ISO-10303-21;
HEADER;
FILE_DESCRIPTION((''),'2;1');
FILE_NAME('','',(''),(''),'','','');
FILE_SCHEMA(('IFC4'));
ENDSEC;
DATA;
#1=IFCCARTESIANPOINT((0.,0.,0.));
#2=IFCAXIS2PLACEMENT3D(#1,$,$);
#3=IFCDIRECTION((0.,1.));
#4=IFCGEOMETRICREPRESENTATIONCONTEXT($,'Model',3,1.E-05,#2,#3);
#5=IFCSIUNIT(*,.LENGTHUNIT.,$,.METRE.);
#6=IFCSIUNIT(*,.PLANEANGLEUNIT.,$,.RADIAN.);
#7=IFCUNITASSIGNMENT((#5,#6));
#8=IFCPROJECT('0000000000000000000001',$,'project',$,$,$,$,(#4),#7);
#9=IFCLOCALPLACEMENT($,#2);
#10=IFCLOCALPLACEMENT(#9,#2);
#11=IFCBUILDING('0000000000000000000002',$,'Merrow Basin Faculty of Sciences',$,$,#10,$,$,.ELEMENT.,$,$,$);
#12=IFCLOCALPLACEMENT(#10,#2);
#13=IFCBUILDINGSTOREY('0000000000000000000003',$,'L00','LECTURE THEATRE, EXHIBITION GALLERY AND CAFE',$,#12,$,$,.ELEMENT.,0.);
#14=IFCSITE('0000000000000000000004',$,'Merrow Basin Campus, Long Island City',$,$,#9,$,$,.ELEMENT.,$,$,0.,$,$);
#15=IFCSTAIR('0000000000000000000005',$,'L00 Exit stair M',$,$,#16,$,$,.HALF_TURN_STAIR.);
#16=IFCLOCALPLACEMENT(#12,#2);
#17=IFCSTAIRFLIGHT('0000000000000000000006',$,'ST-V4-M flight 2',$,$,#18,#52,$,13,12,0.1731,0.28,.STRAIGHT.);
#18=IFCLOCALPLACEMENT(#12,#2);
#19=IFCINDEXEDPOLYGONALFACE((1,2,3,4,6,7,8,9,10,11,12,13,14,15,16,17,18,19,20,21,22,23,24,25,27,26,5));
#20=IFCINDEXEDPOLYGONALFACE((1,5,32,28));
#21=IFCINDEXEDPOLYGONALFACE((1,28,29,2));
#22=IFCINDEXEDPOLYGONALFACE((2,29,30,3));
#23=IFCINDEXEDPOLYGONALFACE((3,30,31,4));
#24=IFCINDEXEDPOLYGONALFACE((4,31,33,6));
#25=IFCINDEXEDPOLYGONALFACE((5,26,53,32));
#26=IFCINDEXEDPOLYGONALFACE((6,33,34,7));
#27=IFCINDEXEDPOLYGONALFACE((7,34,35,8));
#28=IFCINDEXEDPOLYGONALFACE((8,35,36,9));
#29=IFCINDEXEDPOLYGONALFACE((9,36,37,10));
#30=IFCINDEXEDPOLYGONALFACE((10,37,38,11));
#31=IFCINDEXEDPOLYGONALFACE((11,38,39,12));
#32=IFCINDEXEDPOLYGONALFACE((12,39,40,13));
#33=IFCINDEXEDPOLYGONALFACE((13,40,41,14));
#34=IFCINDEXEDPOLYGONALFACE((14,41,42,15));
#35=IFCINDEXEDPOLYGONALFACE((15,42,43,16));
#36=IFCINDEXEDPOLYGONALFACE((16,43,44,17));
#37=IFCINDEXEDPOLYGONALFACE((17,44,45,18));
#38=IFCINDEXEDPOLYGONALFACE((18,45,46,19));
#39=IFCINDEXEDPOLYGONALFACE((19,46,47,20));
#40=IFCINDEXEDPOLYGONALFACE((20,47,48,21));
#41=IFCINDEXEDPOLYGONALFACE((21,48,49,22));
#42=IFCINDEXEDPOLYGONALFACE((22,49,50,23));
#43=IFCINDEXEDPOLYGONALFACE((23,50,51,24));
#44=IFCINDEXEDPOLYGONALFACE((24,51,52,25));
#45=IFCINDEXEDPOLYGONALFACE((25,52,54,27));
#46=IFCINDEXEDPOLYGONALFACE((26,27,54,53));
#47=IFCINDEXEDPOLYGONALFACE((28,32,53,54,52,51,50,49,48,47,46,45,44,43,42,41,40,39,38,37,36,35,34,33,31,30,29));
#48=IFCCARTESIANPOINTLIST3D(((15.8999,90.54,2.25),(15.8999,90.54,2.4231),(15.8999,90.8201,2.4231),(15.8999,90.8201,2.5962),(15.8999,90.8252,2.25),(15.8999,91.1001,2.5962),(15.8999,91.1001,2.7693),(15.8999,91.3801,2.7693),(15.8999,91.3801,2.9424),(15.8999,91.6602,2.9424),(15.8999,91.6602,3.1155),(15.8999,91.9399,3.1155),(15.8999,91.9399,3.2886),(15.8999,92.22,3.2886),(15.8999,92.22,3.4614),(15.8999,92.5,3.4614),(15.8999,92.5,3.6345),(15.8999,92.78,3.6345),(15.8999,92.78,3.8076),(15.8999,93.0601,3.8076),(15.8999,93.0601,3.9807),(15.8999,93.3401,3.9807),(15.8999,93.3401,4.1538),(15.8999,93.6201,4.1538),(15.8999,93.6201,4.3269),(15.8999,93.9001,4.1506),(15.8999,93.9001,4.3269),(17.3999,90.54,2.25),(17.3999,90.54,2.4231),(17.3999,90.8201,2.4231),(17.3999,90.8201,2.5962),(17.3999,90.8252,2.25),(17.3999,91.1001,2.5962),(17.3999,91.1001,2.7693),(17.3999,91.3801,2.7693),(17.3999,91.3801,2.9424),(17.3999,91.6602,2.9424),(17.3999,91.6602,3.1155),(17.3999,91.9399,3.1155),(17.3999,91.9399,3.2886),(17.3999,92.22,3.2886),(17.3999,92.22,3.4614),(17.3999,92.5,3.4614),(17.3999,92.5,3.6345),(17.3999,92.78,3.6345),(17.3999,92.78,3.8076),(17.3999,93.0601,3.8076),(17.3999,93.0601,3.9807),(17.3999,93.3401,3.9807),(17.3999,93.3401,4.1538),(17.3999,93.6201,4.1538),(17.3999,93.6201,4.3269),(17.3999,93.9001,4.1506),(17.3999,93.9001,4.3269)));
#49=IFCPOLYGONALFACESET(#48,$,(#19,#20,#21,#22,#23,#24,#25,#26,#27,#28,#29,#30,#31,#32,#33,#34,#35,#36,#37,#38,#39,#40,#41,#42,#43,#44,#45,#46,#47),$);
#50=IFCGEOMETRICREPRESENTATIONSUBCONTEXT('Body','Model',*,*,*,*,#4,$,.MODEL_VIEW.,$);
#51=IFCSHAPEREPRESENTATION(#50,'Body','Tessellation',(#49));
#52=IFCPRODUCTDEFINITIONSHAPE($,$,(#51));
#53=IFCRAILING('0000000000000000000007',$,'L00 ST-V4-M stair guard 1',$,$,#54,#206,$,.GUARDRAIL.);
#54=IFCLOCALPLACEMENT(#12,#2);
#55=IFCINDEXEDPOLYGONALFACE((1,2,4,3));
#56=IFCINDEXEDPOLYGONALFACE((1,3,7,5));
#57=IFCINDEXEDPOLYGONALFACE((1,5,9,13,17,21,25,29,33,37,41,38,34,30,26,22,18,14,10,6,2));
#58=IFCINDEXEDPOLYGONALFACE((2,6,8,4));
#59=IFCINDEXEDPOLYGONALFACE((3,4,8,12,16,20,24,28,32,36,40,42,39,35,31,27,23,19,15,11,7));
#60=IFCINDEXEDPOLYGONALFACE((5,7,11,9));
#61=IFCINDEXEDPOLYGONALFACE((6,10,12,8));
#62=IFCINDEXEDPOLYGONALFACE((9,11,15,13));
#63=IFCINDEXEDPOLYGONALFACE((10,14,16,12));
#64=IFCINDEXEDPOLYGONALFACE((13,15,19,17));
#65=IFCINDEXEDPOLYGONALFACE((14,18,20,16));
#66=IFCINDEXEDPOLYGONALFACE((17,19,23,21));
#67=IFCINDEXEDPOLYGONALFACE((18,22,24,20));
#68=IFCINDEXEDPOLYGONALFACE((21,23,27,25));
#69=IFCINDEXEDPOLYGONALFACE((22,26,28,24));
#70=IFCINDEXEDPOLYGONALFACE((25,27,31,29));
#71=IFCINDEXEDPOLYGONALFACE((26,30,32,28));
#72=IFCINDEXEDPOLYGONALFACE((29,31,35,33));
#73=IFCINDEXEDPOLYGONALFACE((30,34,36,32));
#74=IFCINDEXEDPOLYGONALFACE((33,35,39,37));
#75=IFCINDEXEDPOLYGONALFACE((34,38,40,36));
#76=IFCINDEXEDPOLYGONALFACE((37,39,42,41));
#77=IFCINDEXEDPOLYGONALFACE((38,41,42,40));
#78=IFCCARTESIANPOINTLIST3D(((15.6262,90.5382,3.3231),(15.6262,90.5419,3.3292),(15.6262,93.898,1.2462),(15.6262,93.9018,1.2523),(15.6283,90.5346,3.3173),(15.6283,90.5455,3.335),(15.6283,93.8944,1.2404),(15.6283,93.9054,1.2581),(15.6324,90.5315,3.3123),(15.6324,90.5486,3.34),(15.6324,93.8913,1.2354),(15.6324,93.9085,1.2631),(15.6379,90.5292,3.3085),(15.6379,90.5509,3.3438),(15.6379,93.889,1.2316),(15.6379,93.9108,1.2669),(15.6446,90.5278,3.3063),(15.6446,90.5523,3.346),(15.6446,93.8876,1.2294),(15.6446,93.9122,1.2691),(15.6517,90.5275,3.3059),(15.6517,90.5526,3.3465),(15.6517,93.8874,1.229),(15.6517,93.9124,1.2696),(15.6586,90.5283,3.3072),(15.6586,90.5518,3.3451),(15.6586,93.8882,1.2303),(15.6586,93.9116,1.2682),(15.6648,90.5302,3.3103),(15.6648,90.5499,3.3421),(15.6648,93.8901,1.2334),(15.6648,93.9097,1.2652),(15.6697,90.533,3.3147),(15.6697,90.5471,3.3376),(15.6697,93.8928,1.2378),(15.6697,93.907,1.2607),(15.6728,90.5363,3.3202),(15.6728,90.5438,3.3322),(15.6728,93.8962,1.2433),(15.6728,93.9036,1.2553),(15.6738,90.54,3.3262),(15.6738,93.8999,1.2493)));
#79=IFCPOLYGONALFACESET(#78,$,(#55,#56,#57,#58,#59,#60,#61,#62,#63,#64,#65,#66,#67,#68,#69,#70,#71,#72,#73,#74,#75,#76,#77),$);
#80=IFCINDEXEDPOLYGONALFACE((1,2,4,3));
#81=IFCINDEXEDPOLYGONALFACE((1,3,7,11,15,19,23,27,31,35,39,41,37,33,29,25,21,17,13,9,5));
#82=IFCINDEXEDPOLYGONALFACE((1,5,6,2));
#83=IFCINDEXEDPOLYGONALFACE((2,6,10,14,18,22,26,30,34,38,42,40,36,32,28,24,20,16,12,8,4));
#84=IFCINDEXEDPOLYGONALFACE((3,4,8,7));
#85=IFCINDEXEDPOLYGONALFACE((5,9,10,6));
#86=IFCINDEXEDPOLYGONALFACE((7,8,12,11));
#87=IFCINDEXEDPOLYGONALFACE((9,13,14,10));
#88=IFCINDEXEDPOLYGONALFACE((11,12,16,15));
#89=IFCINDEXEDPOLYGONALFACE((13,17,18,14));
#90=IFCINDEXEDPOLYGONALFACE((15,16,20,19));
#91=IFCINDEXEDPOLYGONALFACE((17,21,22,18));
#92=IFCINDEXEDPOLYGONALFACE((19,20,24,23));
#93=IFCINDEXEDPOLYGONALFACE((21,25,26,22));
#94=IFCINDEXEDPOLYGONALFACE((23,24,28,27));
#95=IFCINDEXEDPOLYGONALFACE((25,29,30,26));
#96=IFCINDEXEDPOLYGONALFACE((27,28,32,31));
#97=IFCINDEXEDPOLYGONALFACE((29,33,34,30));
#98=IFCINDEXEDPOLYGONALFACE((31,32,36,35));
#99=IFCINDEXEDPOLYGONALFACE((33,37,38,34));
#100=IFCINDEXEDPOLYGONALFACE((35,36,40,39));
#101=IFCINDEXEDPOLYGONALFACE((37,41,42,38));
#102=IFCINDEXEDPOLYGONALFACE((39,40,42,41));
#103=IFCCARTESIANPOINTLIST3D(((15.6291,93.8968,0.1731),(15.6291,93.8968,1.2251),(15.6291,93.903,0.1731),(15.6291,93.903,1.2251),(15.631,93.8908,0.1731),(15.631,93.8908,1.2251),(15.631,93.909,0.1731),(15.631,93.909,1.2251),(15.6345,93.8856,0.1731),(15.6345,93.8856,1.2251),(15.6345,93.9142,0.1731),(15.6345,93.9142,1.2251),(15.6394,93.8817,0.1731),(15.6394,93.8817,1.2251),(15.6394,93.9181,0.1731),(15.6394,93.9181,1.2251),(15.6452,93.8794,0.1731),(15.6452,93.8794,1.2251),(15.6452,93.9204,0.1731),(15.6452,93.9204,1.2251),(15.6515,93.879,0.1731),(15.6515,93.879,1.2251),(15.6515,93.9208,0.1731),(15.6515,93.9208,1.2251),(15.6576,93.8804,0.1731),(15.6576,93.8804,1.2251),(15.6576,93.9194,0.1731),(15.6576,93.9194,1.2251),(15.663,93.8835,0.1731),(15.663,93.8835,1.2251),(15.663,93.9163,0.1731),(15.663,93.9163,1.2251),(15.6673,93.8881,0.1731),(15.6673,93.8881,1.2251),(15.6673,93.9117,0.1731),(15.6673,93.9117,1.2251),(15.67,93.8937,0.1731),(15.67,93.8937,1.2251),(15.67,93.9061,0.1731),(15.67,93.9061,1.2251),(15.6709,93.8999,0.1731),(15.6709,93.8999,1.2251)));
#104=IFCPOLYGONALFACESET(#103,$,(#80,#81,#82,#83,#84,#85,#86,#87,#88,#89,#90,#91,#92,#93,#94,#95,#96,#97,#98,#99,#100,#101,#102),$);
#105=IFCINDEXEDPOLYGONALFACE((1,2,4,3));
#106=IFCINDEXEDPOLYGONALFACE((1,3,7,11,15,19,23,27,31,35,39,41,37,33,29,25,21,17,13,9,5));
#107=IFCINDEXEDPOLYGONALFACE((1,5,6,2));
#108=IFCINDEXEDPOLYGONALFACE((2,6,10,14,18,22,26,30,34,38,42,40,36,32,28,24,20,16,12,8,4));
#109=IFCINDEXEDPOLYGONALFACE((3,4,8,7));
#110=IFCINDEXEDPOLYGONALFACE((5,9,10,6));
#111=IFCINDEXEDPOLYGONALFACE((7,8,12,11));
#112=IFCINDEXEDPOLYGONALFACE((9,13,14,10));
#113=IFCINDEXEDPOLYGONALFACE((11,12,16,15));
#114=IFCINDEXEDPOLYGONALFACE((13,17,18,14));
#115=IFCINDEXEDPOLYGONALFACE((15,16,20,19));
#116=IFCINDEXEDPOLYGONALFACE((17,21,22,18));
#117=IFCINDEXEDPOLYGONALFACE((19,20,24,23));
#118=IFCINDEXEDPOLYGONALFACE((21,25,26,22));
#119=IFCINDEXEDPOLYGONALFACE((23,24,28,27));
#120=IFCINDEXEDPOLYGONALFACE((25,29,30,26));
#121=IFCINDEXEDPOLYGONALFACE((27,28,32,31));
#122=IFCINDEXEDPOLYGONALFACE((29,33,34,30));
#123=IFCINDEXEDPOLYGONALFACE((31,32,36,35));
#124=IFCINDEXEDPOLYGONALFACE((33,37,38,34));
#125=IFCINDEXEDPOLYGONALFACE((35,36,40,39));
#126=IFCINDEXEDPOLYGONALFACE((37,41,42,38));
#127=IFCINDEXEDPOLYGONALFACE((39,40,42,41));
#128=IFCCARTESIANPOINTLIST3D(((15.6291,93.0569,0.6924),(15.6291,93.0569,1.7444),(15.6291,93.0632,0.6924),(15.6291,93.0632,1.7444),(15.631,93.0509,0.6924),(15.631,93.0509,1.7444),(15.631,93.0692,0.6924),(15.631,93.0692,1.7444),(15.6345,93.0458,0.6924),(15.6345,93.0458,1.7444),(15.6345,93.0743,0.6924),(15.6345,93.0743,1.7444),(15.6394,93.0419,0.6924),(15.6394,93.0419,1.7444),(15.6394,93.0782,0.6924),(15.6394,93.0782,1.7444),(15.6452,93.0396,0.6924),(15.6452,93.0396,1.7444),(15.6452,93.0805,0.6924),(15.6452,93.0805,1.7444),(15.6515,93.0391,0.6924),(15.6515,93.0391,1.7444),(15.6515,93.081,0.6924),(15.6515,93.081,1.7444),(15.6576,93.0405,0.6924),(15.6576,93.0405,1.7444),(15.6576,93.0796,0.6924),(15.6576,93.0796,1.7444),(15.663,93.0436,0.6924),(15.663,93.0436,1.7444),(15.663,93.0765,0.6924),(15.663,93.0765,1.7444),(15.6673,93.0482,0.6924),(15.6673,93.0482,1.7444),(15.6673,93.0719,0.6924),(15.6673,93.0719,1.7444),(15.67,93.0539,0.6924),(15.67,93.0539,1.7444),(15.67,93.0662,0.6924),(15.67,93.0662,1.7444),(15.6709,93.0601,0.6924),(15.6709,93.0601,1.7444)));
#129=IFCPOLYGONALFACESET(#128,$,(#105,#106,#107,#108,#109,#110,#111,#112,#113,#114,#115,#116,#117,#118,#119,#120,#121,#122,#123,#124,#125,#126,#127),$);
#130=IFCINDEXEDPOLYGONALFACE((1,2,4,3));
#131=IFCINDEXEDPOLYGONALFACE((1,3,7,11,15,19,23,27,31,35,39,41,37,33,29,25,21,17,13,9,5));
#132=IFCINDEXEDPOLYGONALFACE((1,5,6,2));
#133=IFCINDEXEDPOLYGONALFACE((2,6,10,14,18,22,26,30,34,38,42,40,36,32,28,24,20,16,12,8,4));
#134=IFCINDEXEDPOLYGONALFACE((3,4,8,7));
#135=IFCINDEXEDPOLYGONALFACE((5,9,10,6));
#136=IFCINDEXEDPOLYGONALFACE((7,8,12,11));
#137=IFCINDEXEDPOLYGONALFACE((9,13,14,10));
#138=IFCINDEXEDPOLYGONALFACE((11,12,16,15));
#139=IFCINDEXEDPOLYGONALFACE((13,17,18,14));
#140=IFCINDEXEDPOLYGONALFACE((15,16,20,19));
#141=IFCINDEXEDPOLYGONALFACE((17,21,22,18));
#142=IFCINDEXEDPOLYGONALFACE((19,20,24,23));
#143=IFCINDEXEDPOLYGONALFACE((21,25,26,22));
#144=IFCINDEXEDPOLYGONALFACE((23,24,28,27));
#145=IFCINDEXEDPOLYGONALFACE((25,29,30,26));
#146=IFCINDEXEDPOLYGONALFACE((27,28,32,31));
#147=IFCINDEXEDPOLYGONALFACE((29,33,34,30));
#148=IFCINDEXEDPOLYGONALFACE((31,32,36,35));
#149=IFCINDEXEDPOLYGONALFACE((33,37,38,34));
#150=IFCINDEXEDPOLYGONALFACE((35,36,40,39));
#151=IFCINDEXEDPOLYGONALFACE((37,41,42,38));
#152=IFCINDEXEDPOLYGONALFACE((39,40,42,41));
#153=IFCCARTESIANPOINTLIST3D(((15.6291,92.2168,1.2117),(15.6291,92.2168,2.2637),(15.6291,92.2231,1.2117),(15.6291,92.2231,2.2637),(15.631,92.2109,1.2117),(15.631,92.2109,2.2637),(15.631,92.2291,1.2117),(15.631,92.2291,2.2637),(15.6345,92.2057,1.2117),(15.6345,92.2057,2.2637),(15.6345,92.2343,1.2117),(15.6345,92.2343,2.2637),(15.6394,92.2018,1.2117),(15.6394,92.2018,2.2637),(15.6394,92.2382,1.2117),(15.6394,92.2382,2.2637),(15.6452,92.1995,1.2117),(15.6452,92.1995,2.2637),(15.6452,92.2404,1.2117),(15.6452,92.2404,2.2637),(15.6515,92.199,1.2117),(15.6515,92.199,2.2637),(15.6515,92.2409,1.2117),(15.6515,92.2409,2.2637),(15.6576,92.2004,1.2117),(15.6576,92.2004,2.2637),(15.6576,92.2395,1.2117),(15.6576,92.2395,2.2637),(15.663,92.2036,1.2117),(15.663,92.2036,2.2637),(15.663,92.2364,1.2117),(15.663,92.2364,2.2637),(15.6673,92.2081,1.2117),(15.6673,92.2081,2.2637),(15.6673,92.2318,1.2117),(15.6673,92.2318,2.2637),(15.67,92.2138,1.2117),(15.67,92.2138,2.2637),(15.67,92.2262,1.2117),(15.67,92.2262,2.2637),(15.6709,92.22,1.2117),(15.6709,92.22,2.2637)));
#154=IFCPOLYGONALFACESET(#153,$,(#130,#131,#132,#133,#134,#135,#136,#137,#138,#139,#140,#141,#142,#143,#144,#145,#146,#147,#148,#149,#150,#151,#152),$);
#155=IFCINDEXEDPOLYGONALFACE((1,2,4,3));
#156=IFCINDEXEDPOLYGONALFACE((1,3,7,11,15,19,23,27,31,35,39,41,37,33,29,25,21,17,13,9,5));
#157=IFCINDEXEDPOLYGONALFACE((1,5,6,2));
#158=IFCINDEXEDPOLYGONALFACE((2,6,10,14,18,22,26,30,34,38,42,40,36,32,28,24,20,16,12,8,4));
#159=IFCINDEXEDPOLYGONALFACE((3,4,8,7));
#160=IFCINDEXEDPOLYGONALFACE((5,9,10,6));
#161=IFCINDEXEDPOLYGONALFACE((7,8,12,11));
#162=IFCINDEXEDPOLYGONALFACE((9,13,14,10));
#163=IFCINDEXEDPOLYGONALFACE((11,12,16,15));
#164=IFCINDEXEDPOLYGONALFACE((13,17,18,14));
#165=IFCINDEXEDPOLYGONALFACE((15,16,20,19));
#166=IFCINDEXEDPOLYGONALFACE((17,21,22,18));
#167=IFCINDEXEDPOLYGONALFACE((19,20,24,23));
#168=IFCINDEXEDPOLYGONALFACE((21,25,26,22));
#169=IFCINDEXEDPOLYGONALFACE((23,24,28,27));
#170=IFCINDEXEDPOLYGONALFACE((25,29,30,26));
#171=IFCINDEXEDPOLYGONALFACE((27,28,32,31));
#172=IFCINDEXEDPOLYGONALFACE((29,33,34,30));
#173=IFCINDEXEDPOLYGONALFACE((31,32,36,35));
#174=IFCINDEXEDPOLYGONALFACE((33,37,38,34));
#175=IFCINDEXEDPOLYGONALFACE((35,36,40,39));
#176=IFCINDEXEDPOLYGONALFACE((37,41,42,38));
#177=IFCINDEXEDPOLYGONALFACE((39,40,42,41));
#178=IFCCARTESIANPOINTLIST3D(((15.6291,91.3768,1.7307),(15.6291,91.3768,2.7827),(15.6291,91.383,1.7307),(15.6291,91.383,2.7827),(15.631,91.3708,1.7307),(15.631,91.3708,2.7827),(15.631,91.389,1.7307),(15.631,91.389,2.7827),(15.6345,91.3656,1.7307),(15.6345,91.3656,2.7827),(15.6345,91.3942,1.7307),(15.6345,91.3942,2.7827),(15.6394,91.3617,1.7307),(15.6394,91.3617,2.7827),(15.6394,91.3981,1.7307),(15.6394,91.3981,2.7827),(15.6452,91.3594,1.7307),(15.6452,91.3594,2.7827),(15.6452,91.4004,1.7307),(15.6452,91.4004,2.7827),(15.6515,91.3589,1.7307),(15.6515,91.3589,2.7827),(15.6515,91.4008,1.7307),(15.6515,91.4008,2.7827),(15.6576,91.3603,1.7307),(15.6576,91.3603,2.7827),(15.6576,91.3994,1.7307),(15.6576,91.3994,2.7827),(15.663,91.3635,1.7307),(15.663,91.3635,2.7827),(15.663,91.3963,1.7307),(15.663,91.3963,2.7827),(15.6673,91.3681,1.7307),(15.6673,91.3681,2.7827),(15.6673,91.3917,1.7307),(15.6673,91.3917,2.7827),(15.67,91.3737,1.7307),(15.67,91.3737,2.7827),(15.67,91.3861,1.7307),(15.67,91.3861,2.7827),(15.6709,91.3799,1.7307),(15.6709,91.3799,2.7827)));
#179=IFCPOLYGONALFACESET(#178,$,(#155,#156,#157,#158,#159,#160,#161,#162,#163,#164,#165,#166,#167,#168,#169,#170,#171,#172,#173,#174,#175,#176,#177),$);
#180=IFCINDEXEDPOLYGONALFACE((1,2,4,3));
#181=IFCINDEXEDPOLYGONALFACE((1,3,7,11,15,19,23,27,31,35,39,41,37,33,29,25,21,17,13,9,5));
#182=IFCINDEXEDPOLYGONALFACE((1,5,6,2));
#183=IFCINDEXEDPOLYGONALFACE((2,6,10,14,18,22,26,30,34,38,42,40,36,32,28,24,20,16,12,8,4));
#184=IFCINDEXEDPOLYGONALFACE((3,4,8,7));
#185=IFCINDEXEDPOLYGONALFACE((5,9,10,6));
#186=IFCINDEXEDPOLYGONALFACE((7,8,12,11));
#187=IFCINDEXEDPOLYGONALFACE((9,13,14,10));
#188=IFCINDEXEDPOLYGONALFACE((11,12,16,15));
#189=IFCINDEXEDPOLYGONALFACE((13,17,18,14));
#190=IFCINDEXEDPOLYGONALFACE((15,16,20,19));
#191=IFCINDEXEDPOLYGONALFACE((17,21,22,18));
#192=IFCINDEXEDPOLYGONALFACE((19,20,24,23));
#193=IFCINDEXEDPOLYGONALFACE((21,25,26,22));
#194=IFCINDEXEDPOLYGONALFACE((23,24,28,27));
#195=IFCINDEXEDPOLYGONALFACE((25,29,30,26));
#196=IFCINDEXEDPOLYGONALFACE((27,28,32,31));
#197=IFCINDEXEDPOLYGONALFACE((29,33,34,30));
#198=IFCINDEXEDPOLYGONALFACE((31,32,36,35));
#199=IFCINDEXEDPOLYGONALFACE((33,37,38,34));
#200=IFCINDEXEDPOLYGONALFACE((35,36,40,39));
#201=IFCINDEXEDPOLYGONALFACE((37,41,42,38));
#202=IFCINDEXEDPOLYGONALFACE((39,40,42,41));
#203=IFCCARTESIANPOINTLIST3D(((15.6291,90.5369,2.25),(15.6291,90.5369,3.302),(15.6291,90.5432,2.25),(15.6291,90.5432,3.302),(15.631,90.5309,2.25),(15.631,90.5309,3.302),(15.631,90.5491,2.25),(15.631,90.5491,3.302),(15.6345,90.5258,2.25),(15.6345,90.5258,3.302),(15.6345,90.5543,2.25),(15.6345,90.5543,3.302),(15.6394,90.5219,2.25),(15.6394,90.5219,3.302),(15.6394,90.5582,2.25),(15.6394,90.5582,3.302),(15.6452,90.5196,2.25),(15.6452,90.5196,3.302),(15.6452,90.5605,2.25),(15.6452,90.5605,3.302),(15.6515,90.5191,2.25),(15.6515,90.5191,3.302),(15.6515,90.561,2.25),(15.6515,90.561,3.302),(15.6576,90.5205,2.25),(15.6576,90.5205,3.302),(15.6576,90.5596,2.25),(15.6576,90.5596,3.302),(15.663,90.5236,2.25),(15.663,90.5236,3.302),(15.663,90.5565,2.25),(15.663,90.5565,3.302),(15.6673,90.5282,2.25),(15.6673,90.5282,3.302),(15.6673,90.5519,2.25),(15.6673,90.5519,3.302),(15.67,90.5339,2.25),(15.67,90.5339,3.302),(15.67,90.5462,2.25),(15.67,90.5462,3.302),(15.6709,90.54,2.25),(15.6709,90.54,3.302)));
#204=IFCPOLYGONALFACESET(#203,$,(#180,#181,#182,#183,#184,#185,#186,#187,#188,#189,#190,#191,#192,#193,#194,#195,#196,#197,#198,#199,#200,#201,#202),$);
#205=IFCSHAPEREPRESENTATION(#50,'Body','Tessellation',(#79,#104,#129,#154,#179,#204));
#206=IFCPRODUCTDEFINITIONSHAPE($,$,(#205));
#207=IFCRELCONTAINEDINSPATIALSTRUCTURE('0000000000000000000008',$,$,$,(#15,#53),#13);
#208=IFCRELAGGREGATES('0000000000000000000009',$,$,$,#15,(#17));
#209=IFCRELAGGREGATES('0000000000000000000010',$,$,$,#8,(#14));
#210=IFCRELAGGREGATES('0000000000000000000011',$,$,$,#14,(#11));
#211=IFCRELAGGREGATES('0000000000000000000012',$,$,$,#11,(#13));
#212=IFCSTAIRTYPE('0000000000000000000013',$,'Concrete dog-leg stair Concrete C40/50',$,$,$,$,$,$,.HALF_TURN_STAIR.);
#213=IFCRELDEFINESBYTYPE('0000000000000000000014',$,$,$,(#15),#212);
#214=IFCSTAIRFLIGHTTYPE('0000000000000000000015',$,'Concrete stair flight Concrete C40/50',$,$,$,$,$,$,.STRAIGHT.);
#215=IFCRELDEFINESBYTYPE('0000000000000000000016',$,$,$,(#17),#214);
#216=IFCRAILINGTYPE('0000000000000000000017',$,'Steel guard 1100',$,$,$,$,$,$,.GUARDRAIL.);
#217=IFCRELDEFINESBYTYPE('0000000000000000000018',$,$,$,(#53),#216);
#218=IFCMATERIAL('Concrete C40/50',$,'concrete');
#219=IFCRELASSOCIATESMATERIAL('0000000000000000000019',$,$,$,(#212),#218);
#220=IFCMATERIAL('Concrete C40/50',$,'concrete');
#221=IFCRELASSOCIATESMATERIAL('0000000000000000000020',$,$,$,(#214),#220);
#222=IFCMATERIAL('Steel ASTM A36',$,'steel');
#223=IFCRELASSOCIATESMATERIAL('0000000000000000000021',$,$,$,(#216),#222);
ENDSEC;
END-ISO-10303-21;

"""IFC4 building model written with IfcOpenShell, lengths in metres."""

from ifc_helpers import new_model, si_unit, direction, frame, origin, origin_2d, place, context, subcontext, project, spatial, polyline, circle, outline, extrude, material, type_object, element, aggregate, save


model = new_model("IFC4")

# Units and contexts
model_context = context("Model", 3, precision=1e-05, world=origin(), true_north=direction((0.0, 1.0)))
body_context = subcontext(model_context, "Body", "Model", "MODEL_VIEW")
ifc_project = project(units=[si_unit("LENGTHUNIT", "METRE"), si_unit("PLANEANGLEUNIT", "RADIAN")], contexts=[model_context])

# Site, building, storey
site_placement = place(None, origin())
site = spatial("IfcSite", under=ifc_project, at=site_placement, Name="Merrow Basin Campus, Long Island City", CompositionType="ELEMENT", RefElevation=0.0)
building_placement = place(site_placement, origin())
building = spatial("IfcBuilding", under=site, at=building_placement, Name="Merrow Basin Faculty of Sciences", CompositionType="ELEMENT")
storey_placement = place(building_placement, origin())
storey = spatial("IfcBuildingStorey", under=building, at=storey_placement, Name="L00", Description="LECTURE THEATRE, EXHIBITION GALLERY AND CAFE", CompositionType="ELEMENT", Elevation=0.0)

# Stair, stair flight
ifc_material_1 = material(Name="Concrete C40/50", Category="concrete")
stair_type = type_object("IfcStairType", Name="Concrete dog-leg stair Concrete C40/50", PredefinedType="HALF_TURN_STAIR", material=ifc_material_1)
stair_placement = place(storey_placement, origin())
stair = element("IfcStair", 1, at=stair_placement, inside=storey, type_object=stair_type, Name="L00 Exit stair M", PredefinedType="HALF_TURN_STAIR")
ifc_material_2 = material(Name="Concrete C40/50", Category="concrete")
stair_flight_type = type_object("IfcStairFlightType", Name="Concrete stair flight Concrete C40/50", PredefinedType="STRAIGHT", material=ifc_material_2)
stair_flight_1_placement = place(storey_placement, frame((16.6499, 90.54, 2.25), z_axis=(0.0, 0.0, 1.0), x_axis=(0.0, 1.0, 0.0)))
stair_flight_1 = element("IfcStairFlight", 2, at=stair_flight_1_placement, type_object=stair_flight_type, Name="ST-V4-M flight 2", NumberOfRisers=13, NumberOfTreads=12, PredefinedType="STRAIGHT", RiserHeight=0.1731, TreadLength=0.28, context=body_context, shape_type="SweptSolid", body=[
    extrude(outline(polyline([(0.0, 0.0), (0.0, 0.1731), (0.28, 0.1731), (0.28, 0.3462), (0.5601, 0.3462), (0.5601, 0.5193), (0.8401, 0.5193), (0.8401, 0.6924), (1.1201, 0.6924), (1.1201, 0.8655), (1.3999, 0.8655), (1.3999, 1.0386), (1.6799, 1.0386), (1.6799, 1.2114), (1.96, 1.2114), (1.96, 1.3845), (2.24, 1.3845), (2.24, 1.5576), (2.52, 1.5576), (2.52, 1.7307), (2.8, 1.7307), (2.8, 1.9038), (3.0801, 1.9038), (3.0801, 2.0769), (3.3601, 2.0769), (3.3601, 2.25), (3.3601, 1.9006), (0.2852, 0.0), (0.0, 0.0)])), frame((0.0, 0.75, 0.0), z_axis=(0.0, -1.0, 0.0), x_axis=(1.0, 0.0, 0.0)), (0.0, 0.0, 1.0), 1.5),
])
aggregate(stair, [stair_flight_1])

# Railing
ifc_material_3 = material(Name="Steel ASTM A36", Category="steel")
railing_type_1 = type_object("IfcRailingType", Name="Steel guard 1100", PredefinedType="GUARDRAIL", material=ifc_material_3)
railing_1_placement = place(storey_placement, frame((15.6499, 93.8999, 0.1731)))
element("IfcRailing", 3, at=railing_1_placement, inside=storey, type_object=railing_type_1, Name="L00 ST-V4-M stair guard 1", PredefinedType="GUARDRAIL", context=body_context, shape_type="SweptSolid", body=[
    extrude(circle(Radius=0.0239, at=origin_2d()), frame((0.0, 0.0, 1.0762), z_axis=(0.0, -0.850606, 0.525803), x_axis=(1.0, 0.0, 0.0)), (0.0, 0.0, 1.0), 3.95),
    extrude(circle(Radius=0.021, at=origin_2d()), origin(), (0.0, 0.0, 1.0), 1.052),
    extrude(circle(Radius=0.021, at=origin_2d()), frame((0.0, -0.8398, 0.5193)), (0.0, 0.0, 1.0), 1.052),
    extrude(circle(Radius=0.021, at=origin_2d()), frame((0.0, -1.6799, 1.0386)), (0.0, 0.0, 1.0), 1.052),
    extrude(circle(Radius=0.021, at=origin_2d()), frame((0.0, -2.52, 1.5576)), (0.0, 0.0, 1.0), 1.052),
    extrude(circle(Radius=0.021, at=origin_2d()), frame((0.0, -3.3599, 2.0769)), (0.0, 0.0, 1.0), 1.052),
])

save(model, "model.ifc")
